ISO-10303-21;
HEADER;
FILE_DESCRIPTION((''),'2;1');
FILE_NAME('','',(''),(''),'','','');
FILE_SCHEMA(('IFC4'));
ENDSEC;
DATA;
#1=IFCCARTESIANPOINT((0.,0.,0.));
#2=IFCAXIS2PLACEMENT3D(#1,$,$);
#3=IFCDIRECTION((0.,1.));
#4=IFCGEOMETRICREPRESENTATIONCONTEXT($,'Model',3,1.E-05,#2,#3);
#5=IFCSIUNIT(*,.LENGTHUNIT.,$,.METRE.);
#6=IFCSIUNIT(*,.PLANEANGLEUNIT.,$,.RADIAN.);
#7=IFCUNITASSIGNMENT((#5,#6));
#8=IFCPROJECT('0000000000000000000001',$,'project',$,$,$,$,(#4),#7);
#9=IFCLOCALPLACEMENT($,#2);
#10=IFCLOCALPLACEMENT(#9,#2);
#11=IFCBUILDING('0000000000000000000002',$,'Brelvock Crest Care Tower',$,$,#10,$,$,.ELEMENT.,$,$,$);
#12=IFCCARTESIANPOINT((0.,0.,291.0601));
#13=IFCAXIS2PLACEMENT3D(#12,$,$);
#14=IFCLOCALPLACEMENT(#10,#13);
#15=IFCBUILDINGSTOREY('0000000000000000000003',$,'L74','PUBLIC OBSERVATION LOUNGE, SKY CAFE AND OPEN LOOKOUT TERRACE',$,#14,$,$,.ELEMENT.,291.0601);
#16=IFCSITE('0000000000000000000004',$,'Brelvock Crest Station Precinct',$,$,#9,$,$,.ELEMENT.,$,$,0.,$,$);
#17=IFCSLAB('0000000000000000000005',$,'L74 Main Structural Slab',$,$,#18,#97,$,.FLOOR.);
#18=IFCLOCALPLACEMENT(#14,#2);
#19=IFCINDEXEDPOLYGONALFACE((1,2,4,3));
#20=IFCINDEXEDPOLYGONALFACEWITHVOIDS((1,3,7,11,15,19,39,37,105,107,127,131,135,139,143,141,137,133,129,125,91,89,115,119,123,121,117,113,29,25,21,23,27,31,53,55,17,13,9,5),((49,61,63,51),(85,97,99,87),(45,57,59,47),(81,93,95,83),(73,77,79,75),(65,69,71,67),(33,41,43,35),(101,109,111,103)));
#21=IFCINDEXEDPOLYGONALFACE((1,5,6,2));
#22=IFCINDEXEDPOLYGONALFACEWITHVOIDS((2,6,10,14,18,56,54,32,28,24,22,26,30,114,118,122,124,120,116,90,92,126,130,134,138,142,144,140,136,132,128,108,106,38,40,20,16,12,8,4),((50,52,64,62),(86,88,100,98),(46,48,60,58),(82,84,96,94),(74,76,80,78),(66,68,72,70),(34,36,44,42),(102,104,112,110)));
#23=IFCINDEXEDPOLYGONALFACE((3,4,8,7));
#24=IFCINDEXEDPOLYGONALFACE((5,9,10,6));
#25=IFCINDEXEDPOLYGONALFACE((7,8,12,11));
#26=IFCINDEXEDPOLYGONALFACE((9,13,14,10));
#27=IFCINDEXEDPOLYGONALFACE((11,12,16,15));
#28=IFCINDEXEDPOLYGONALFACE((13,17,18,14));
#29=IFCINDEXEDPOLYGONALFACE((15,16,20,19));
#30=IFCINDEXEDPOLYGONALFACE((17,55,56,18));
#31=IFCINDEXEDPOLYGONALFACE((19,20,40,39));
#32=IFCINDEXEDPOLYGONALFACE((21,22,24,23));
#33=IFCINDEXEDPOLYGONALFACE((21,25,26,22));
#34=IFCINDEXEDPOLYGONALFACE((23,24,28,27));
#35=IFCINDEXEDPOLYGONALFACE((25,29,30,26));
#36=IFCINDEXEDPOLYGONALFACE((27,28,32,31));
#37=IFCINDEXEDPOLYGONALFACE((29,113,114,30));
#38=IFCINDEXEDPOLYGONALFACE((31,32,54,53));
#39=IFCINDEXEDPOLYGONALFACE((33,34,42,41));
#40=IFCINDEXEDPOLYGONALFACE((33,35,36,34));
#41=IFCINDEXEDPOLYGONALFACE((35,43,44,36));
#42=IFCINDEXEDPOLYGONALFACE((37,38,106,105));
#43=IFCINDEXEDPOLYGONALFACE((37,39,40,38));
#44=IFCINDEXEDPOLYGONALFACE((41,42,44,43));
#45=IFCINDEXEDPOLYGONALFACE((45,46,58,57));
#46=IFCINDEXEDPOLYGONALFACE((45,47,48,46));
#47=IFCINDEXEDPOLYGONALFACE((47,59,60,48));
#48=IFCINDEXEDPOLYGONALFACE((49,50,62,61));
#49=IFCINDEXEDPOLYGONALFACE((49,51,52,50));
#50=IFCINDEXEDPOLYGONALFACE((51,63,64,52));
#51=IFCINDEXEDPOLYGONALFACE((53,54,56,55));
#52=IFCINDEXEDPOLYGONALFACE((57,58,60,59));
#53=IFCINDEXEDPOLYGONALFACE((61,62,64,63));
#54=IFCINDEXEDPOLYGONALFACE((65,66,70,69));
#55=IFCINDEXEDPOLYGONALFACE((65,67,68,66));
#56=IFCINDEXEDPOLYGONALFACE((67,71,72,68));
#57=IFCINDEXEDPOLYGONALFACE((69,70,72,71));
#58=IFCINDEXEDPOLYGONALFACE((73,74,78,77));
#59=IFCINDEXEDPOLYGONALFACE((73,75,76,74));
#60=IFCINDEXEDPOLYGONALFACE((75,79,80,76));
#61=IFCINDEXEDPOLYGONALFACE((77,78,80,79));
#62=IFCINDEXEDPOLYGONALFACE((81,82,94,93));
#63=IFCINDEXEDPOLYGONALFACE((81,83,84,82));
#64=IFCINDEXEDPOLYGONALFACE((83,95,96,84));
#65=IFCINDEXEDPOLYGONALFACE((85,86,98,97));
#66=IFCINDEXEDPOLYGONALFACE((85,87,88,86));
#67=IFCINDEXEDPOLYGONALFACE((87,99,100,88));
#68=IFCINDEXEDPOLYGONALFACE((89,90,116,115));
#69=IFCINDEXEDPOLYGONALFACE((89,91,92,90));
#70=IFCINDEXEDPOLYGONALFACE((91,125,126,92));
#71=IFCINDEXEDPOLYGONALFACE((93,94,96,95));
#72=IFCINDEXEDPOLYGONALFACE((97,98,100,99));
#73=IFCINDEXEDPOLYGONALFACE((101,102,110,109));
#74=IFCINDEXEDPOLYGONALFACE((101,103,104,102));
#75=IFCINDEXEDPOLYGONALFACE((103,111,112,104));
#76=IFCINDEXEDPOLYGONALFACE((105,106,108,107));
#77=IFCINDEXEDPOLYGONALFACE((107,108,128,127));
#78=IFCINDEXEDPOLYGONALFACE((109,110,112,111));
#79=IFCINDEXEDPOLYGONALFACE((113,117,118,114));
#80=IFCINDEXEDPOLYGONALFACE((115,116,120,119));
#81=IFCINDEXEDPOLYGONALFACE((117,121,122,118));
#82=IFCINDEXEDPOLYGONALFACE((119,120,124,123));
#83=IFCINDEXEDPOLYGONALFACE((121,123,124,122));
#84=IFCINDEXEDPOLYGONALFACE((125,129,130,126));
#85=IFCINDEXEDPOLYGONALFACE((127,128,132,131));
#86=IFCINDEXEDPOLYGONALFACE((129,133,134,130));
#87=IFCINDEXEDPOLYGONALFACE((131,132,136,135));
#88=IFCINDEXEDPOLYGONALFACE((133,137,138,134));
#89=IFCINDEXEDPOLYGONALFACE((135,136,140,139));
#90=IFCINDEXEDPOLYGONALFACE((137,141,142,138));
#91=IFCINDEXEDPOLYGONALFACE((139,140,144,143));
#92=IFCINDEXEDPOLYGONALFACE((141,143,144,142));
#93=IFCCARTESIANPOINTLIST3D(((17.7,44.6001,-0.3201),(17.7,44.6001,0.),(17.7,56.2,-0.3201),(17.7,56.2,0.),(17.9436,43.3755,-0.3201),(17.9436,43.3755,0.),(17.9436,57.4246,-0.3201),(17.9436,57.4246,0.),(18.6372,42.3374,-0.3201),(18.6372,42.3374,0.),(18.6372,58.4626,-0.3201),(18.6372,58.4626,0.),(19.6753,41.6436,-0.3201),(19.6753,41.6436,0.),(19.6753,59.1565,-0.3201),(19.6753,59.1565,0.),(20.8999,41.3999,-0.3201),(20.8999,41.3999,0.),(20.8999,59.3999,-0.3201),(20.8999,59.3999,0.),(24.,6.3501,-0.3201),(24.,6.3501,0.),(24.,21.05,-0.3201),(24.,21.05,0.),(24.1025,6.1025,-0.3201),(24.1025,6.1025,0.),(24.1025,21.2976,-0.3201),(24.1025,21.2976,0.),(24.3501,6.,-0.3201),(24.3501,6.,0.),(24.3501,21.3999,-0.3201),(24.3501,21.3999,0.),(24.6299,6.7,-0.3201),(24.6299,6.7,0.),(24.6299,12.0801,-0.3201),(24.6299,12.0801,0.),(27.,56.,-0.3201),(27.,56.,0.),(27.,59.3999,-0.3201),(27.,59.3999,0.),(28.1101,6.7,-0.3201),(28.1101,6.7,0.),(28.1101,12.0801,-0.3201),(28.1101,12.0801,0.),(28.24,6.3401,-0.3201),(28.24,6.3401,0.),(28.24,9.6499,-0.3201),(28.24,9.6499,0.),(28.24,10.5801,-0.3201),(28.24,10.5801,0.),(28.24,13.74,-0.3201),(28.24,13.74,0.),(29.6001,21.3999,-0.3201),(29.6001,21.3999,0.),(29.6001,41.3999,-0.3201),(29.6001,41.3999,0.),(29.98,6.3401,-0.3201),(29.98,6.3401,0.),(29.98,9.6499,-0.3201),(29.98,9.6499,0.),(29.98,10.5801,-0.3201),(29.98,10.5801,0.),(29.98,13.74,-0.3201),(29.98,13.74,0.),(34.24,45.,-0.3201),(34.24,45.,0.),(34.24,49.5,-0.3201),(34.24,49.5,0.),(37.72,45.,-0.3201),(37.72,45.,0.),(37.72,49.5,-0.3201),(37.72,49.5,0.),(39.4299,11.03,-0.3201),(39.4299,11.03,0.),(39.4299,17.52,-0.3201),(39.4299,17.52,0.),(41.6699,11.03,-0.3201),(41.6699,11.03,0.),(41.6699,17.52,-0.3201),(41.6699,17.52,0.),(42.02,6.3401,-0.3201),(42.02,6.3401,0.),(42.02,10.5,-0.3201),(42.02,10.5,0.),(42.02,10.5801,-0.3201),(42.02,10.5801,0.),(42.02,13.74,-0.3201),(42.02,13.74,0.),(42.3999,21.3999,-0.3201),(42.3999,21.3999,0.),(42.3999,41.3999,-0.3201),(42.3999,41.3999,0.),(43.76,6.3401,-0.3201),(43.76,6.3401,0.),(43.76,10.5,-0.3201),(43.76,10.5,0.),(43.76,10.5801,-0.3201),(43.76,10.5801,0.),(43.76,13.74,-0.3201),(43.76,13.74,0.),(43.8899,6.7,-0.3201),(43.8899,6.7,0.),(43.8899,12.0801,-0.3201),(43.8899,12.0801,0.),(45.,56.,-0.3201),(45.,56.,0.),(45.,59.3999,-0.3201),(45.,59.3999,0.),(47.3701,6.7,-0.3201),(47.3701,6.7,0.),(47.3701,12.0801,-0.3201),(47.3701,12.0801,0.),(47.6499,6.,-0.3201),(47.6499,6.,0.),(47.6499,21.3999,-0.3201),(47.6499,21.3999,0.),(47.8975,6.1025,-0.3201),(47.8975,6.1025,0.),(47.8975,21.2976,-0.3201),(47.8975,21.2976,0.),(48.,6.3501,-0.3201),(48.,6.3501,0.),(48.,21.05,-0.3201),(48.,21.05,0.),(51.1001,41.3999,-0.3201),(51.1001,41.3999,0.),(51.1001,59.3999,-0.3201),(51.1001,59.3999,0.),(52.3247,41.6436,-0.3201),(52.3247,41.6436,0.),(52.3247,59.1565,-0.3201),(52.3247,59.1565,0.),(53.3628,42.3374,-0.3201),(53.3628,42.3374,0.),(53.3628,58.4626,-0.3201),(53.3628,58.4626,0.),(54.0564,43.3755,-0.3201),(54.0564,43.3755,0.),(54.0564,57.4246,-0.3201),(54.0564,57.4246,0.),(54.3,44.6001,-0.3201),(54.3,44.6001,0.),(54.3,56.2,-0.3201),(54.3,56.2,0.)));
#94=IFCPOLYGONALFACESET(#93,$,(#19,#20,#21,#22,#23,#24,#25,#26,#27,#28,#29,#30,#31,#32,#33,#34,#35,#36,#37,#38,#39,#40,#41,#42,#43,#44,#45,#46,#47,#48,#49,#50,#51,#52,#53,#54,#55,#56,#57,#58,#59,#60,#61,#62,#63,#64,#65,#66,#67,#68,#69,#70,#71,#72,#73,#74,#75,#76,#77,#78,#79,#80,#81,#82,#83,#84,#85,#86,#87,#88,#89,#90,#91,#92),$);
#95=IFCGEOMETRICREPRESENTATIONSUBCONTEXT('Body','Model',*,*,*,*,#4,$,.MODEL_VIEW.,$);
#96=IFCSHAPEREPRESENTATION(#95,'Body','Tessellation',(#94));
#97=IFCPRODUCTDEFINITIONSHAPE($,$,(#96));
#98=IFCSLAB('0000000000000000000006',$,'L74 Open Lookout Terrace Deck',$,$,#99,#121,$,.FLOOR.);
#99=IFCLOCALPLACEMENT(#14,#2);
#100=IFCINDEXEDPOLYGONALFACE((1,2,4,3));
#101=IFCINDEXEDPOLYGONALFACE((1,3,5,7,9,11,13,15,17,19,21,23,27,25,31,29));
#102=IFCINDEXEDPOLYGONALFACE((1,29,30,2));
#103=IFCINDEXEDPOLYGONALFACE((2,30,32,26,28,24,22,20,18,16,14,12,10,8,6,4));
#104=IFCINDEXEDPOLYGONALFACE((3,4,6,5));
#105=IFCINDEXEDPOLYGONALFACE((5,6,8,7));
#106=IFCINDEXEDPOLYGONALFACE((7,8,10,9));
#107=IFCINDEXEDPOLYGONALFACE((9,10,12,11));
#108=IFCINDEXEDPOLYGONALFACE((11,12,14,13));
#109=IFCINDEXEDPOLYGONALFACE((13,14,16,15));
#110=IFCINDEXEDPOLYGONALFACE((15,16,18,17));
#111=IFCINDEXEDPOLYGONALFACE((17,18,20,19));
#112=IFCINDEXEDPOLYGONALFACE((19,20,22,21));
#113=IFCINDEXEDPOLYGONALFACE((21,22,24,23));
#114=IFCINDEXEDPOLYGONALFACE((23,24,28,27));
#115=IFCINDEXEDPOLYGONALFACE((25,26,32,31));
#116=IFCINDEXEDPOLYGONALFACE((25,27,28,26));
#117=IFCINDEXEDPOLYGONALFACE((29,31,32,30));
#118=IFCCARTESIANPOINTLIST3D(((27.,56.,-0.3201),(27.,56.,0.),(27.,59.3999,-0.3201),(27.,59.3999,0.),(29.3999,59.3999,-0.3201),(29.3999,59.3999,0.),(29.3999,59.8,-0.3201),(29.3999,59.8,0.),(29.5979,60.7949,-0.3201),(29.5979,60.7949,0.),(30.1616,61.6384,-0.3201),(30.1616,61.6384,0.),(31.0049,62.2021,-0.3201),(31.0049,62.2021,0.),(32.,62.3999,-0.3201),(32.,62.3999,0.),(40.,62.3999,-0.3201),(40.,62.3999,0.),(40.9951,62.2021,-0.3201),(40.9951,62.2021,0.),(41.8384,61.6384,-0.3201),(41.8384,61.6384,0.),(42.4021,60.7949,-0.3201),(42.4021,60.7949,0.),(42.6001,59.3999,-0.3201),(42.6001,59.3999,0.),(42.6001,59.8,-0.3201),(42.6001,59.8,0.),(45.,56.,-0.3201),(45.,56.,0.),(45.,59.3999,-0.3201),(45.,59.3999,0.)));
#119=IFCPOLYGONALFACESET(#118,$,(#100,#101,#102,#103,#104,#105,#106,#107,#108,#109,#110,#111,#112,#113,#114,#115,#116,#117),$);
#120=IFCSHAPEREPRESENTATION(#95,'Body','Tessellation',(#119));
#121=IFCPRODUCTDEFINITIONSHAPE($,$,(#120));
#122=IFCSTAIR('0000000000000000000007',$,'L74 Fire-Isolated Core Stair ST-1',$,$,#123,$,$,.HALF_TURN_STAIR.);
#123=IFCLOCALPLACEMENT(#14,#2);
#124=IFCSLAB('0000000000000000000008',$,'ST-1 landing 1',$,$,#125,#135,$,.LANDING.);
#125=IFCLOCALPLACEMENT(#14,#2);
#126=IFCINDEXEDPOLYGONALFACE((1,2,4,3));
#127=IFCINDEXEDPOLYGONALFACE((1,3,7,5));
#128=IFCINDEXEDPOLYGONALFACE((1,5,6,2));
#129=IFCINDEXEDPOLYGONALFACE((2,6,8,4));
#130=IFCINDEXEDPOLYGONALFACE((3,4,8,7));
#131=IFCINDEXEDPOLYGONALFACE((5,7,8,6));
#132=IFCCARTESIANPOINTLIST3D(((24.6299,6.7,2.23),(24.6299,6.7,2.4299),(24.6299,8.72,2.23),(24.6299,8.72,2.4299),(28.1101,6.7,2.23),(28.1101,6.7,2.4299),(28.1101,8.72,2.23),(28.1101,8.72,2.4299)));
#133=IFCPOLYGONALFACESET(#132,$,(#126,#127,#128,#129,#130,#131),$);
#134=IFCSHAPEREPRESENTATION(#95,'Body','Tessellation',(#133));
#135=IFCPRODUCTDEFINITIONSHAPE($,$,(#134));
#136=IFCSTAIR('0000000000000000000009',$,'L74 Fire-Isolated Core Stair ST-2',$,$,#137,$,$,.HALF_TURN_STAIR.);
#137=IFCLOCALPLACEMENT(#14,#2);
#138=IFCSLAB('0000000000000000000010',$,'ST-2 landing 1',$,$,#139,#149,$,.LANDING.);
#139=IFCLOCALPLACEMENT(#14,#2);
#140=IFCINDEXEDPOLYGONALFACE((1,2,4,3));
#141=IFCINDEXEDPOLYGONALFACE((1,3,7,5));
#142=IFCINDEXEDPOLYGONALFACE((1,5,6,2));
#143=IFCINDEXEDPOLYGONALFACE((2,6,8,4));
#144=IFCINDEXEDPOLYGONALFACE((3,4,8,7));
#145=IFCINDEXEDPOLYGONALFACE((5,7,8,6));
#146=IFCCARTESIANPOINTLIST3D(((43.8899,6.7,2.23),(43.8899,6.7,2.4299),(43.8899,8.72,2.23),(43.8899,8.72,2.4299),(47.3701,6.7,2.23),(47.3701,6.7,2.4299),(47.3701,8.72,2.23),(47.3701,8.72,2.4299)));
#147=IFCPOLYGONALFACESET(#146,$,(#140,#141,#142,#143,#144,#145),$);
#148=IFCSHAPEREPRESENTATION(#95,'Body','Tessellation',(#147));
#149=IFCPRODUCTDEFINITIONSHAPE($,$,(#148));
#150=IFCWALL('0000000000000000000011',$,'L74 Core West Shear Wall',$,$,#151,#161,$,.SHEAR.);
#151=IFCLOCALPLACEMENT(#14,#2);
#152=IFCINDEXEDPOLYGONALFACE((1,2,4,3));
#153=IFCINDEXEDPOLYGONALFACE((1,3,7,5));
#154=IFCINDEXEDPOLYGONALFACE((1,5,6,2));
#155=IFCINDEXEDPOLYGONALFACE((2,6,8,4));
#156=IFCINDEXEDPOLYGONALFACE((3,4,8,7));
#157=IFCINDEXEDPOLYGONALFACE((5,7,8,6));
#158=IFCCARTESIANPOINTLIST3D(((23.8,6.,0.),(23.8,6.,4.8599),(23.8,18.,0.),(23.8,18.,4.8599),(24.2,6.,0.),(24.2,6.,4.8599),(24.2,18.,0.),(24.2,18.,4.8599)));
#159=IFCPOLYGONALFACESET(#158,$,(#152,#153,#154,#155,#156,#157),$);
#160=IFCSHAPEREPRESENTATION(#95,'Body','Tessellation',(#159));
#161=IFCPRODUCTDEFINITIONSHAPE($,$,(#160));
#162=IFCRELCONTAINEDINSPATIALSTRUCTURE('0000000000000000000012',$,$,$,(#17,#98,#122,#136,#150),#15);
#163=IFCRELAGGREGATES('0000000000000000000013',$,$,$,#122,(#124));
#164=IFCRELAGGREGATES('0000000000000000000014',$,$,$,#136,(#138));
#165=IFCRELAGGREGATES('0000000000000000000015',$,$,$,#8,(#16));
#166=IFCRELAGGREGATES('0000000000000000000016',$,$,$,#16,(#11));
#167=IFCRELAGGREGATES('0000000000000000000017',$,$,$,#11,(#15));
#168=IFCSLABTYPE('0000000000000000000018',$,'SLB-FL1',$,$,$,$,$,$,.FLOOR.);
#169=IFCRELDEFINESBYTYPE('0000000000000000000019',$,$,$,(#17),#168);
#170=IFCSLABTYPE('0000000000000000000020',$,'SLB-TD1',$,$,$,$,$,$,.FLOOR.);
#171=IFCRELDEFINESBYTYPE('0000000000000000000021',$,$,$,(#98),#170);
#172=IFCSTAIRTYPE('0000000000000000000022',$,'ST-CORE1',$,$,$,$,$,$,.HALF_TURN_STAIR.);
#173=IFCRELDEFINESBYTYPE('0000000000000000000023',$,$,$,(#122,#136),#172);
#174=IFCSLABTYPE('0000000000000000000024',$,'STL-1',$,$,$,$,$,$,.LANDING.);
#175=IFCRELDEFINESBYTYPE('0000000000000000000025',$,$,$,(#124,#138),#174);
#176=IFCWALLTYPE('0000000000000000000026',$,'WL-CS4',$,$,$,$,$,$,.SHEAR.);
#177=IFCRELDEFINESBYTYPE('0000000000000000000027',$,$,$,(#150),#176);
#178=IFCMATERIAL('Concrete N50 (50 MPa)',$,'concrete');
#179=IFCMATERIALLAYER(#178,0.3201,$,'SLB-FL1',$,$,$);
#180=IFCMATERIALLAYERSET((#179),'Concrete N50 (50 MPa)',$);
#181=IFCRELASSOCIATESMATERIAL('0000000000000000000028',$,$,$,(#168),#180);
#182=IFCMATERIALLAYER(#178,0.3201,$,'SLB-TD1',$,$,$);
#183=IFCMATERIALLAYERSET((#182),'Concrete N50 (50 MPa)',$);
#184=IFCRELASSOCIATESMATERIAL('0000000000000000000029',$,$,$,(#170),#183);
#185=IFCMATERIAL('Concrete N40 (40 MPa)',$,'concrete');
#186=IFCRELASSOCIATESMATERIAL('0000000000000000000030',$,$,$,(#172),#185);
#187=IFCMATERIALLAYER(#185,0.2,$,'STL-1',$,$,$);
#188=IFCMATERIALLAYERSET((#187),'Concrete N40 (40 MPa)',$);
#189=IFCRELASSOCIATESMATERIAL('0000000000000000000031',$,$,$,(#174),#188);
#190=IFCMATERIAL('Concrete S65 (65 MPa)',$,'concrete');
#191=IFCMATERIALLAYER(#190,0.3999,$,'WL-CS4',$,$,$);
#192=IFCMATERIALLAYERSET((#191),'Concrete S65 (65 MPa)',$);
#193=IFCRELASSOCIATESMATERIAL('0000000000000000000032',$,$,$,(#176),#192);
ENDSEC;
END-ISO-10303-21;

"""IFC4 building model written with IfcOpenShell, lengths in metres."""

from ifc_helpers import new_model, si_unit, direction, frame, frame_2d, origin, place, context, subcontext, project, spatial, polyline, rectangle, outline, extrude, material, layer, layer_set, type_object, element, aggregate, save


model = new_model("IFC4")

# Units and contexts
model_context = context("Model", 3, precision=1e-05, world=origin(), true_north=direction((0.0, 1.0)))
body_context = subcontext(model_context, "Body", "Model", "MODEL_VIEW")
ifc_project = project(units=[si_unit("LENGTHUNIT", "METRE"), si_unit("PLANEANGLEUNIT", "RADIAN")], contexts=[model_context])

# Site, building, storey
site_placement = place(None, origin())
site = spatial("IfcSite", under=ifc_project, at=site_placement, Name="Brelvock Crest Station Precinct", CompositionType="ELEMENT", RefElevation=0.0)
building_placement = place(site_placement, origin())
building = spatial("IfcBuilding", under=site, at=building_placement, Name="Brelvock Crest Care Tower", CompositionType="ELEMENT")
storey_placement = place(building_placement, frame((0.0, 0.0, 291.0601)))
storey = spatial("IfcBuildingStorey", under=building, at=storey_placement, Name="L74", Description="PUBLIC OBSERVATION LOUNGE, SKY CAFE AND OPEN LOOKOUT TERRACE", CompositionType="ELEMENT", Elevation=291.0601)

# Shared definitions
ifc_material_1 = material(Name="Concrete S65 (65 MPa)", Category="concrete")

# Slabs
ifc_material_2 = material(Name="Concrete N50 (50 MPa)", Category="concrete")
ifc_layer_1 = layer(ifc_material_2, 0.3201, Name="SLB-FL1")
ifc_layer_set_1 = layer_set([ifc_layer_1], Name="Concrete N50 (50 MPa)")
slab_type_1 = type_object("IfcSlabType", Name="SLB-FL1", PredefinedType="FLOOR", material=ifc_layer_set_1)
slab_1_placement = place(storey_placement, frame((0.0, 0.0, -0.3201)))
element("IfcSlab", 1, at=slab_1_placement, inside=storey, type_object=slab_type_1, Name="L74 Main Structural Slab", PredefinedType="FLOOR", context=body_context, shape_type="SweptSolid", body=[
    extrude(outline(polyline([(45.0, 59.3999), (45.0, 56.0), (27.0, 56.0), (27.0, 59.3999), (20.8999, 59.3999), (19.6753, 59.1565), (18.6372, 58.4626), (17.9436, 57.4246), (17.7, 56.2), (17.7, 44.6001), (17.9436, 43.3755), (18.6372, 42.3374), (19.6753, 41.6436), (20.8999, 41.3999), (29.6001, 41.3999), (29.6001, 21.3999), (24.3501, 21.3999), (24.1025, 21.2976), (24.0, 21.05), (24.0, 6.3501), (24.1025, 6.1025), (24.3501, 6.0), (47.6499, 6.0), (47.8975, 6.1025), (48.0, 6.3501), (48.0, 21.05), (47.8975, 21.2976), (47.6499, 21.3999), (42.3999, 21.3999), (42.3999, 41.3999), (51.1001, 41.3999), (52.3247, 41.6436), (53.3628, 42.3374), (54.0564, 43.3755), (54.3, 44.6001), (54.3, 56.2), (54.0564, 57.4246), (53.3628, 58.4626), (52.3247, 59.1565), (51.1001, 59.3999), (45.0, 59.3999)]), holes=[polyline([(28.24, 10.5801), (29.98, 10.5801), (29.98, 13.74), (28.24, 13.74), (28.24, 10.5801)]), polyline([(42.02, 10.5801), (43.76, 10.5801), (43.76, 13.74), (42.02, 13.74), (42.02, 10.5801)]), polyline([(28.24, 6.3401), (29.98, 6.3401), (29.98, 9.6499), (28.24, 9.6499), (28.24, 6.3401)]), polyline([(24.6299, 12.0801), (24.6299, 6.7), (28.1101, 6.7), (28.1101, 12.0801), (24.6299, 12.0801)]), polyline([(43.8899, 12.0801), (43.8899, 6.7), (47.3701, 6.7), (47.3701, 12.0801), (43.8899, 12.0801)]), polyline([(34.24, 49.5), (34.24, 45.0), (37.72, 45.0), (37.72, 49.5), (34.24, 49.5)]), polyline([(42.02, 6.3401), (43.76, 6.3401), (43.76, 10.5), (42.02, 10.5), (42.02, 6.3401)]), polyline([(39.4299, 11.03), (41.6699, 11.03), (41.6699, 17.52), (39.4299, 17.52), (39.4299, 11.03)])]), origin(), (0.0, 0.0, 1.0), 0.3201),
])
ifc_layer_2 = layer(ifc_material_2, 0.3201, Name="SLB-TD1")
ifc_layer_set_2 = layer_set([ifc_layer_2], Name="Concrete N50 (50 MPa)")
slab_type_2 = type_object("IfcSlabType", Name="SLB-TD1", PredefinedType="FLOOR", material=ifc_layer_set_2)
slab_2_placement = place(storey_placement, frame((0.0, 0.0, -0.3201)))
element("IfcSlab", 2, at=slab_2_placement, inside=storey, type_object=slab_type_2, Name="L74 Open Lookout Terrace Deck", PredefinedType="FLOOR", context=body_context, shape_type="SweptSolid", body=[
    extrude(outline(polyline([(27.0, 59.3999), (27.0, 56.0), (45.0, 56.0), (45.0, 59.3999), (42.6001, 59.3999), (42.6001, 59.8), (42.4021, 60.7949), (41.8384, 61.6384), (40.9951, 62.2021), (40.0, 62.3999), (32.0, 62.3999), (31.0049, 62.2021), (30.1616, 61.6384), (29.5979, 60.7949), (29.3999, 59.8), (29.3999, 59.3999), (27.0, 59.3999)])), origin(), (0.0, 0.0, 1.0), 0.3201),
])

# Stairs, slabs
ifc_material_3 = material(Name="Concrete N40 (40 MPa)", Category="concrete")
stair_type = type_object("IfcStairType", Name="ST-CORE1", PredefinedType="HALF_TURN_STAIR", material=ifc_material_3)
stair_1_placement = place(storey_placement, origin())
stair_1 = element("IfcStair", 3, at=stair_1_placement, inside=storey, type_object=stair_type, Name="L74 Fire-Isolated Core Stair ST-1", PredefinedType="HALF_TURN_STAIR")
ifc_layer_3 = layer(ifc_material_3, 0.2, Name="STL-1")
ifc_layer_set_3 = layer_set([ifc_layer_3], Name="Concrete N40 (40 MPa)")
slab_type_3 = type_object("IfcSlabType", Name="STL-1", PredefinedType="LANDING", material=ifc_layer_set_3)
slab_3_placement = place(storey_placement, frame((0.0, 0.0, 2.23)))
slab_3 = element("IfcSlab", 4, at=slab_3_placement, type_object=slab_type_3, Name="ST-1 landing 1", PredefinedType="LANDING", context=body_context, shape_type="SweptSolid", body=[
    extrude(outline(polyline([(24.6299, 8.72), (24.6299, 6.7), (28.1101, 6.7), (28.1101, 8.72), (24.6299, 8.72)])), origin(), (0.0, 0.0, 1.0), 0.2),
])
aggregate(stair_1, [slab_3])
stair_2_placement = place(storey_placement, origin())
stair_2 = element("IfcStair", 5, at=stair_2_placement, inside=storey, type_object=stair_type, Name="L74 Fire-Isolated Core Stair ST-2", PredefinedType="HALF_TURN_STAIR")
slab_4_placement = place(storey_placement, frame((0.0, 0.0, 2.23)))
slab_4 = element("IfcSlab", 6, at=slab_4_placement, type_object=slab_type_3, Name="ST-2 landing 1", PredefinedType="LANDING", context=body_context, shape_type="SweptSolid", body=[
    extrude(outline(polyline([(43.8899, 8.72), (43.8899, 6.7), (47.3701, 6.7), (47.3701, 8.72), (43.8899, 8.72)])), origin(), (0.0, 0.0, 1.0), 0.2),
])
aggregate(stair_2, [slab_4])

# Wall
ifc_layer_4 = layer(ifc_material_1, 0.3999, Name="WL-CS4")
ifc_layer_set_4 = layer_set([ifc_layer_4], Name="Concrete S65 (65 MPa)")
wall_type_1 = type_object("IfcWallType", Name="WL-CS4", PredefinedType="SHEAR", material=ifc_layer_set_4)
wall_1_placement = place(storey_placement, frame((24.0, 6.0, 0.0), z_axis=(0.0, 0.0, 1.0), x_axis=(0.0, 1.0, 0.0)))
element("IfcWall", 7, at=wall_1_placement, inside=storey, type_object=wall_type_1, Name="L74 Core West Shear Wall", PredefinedType="SHEAR", context=body_context, shape_type="SweptSolid", body=[
    extrude(rectangle(XDim=12.0, YDim=0.3999, at=frame_2d((6.0, 0.0))), origin(), (0.0, 0.0, 1.0), 4.8599),
])

save(model, "model.ifc")
